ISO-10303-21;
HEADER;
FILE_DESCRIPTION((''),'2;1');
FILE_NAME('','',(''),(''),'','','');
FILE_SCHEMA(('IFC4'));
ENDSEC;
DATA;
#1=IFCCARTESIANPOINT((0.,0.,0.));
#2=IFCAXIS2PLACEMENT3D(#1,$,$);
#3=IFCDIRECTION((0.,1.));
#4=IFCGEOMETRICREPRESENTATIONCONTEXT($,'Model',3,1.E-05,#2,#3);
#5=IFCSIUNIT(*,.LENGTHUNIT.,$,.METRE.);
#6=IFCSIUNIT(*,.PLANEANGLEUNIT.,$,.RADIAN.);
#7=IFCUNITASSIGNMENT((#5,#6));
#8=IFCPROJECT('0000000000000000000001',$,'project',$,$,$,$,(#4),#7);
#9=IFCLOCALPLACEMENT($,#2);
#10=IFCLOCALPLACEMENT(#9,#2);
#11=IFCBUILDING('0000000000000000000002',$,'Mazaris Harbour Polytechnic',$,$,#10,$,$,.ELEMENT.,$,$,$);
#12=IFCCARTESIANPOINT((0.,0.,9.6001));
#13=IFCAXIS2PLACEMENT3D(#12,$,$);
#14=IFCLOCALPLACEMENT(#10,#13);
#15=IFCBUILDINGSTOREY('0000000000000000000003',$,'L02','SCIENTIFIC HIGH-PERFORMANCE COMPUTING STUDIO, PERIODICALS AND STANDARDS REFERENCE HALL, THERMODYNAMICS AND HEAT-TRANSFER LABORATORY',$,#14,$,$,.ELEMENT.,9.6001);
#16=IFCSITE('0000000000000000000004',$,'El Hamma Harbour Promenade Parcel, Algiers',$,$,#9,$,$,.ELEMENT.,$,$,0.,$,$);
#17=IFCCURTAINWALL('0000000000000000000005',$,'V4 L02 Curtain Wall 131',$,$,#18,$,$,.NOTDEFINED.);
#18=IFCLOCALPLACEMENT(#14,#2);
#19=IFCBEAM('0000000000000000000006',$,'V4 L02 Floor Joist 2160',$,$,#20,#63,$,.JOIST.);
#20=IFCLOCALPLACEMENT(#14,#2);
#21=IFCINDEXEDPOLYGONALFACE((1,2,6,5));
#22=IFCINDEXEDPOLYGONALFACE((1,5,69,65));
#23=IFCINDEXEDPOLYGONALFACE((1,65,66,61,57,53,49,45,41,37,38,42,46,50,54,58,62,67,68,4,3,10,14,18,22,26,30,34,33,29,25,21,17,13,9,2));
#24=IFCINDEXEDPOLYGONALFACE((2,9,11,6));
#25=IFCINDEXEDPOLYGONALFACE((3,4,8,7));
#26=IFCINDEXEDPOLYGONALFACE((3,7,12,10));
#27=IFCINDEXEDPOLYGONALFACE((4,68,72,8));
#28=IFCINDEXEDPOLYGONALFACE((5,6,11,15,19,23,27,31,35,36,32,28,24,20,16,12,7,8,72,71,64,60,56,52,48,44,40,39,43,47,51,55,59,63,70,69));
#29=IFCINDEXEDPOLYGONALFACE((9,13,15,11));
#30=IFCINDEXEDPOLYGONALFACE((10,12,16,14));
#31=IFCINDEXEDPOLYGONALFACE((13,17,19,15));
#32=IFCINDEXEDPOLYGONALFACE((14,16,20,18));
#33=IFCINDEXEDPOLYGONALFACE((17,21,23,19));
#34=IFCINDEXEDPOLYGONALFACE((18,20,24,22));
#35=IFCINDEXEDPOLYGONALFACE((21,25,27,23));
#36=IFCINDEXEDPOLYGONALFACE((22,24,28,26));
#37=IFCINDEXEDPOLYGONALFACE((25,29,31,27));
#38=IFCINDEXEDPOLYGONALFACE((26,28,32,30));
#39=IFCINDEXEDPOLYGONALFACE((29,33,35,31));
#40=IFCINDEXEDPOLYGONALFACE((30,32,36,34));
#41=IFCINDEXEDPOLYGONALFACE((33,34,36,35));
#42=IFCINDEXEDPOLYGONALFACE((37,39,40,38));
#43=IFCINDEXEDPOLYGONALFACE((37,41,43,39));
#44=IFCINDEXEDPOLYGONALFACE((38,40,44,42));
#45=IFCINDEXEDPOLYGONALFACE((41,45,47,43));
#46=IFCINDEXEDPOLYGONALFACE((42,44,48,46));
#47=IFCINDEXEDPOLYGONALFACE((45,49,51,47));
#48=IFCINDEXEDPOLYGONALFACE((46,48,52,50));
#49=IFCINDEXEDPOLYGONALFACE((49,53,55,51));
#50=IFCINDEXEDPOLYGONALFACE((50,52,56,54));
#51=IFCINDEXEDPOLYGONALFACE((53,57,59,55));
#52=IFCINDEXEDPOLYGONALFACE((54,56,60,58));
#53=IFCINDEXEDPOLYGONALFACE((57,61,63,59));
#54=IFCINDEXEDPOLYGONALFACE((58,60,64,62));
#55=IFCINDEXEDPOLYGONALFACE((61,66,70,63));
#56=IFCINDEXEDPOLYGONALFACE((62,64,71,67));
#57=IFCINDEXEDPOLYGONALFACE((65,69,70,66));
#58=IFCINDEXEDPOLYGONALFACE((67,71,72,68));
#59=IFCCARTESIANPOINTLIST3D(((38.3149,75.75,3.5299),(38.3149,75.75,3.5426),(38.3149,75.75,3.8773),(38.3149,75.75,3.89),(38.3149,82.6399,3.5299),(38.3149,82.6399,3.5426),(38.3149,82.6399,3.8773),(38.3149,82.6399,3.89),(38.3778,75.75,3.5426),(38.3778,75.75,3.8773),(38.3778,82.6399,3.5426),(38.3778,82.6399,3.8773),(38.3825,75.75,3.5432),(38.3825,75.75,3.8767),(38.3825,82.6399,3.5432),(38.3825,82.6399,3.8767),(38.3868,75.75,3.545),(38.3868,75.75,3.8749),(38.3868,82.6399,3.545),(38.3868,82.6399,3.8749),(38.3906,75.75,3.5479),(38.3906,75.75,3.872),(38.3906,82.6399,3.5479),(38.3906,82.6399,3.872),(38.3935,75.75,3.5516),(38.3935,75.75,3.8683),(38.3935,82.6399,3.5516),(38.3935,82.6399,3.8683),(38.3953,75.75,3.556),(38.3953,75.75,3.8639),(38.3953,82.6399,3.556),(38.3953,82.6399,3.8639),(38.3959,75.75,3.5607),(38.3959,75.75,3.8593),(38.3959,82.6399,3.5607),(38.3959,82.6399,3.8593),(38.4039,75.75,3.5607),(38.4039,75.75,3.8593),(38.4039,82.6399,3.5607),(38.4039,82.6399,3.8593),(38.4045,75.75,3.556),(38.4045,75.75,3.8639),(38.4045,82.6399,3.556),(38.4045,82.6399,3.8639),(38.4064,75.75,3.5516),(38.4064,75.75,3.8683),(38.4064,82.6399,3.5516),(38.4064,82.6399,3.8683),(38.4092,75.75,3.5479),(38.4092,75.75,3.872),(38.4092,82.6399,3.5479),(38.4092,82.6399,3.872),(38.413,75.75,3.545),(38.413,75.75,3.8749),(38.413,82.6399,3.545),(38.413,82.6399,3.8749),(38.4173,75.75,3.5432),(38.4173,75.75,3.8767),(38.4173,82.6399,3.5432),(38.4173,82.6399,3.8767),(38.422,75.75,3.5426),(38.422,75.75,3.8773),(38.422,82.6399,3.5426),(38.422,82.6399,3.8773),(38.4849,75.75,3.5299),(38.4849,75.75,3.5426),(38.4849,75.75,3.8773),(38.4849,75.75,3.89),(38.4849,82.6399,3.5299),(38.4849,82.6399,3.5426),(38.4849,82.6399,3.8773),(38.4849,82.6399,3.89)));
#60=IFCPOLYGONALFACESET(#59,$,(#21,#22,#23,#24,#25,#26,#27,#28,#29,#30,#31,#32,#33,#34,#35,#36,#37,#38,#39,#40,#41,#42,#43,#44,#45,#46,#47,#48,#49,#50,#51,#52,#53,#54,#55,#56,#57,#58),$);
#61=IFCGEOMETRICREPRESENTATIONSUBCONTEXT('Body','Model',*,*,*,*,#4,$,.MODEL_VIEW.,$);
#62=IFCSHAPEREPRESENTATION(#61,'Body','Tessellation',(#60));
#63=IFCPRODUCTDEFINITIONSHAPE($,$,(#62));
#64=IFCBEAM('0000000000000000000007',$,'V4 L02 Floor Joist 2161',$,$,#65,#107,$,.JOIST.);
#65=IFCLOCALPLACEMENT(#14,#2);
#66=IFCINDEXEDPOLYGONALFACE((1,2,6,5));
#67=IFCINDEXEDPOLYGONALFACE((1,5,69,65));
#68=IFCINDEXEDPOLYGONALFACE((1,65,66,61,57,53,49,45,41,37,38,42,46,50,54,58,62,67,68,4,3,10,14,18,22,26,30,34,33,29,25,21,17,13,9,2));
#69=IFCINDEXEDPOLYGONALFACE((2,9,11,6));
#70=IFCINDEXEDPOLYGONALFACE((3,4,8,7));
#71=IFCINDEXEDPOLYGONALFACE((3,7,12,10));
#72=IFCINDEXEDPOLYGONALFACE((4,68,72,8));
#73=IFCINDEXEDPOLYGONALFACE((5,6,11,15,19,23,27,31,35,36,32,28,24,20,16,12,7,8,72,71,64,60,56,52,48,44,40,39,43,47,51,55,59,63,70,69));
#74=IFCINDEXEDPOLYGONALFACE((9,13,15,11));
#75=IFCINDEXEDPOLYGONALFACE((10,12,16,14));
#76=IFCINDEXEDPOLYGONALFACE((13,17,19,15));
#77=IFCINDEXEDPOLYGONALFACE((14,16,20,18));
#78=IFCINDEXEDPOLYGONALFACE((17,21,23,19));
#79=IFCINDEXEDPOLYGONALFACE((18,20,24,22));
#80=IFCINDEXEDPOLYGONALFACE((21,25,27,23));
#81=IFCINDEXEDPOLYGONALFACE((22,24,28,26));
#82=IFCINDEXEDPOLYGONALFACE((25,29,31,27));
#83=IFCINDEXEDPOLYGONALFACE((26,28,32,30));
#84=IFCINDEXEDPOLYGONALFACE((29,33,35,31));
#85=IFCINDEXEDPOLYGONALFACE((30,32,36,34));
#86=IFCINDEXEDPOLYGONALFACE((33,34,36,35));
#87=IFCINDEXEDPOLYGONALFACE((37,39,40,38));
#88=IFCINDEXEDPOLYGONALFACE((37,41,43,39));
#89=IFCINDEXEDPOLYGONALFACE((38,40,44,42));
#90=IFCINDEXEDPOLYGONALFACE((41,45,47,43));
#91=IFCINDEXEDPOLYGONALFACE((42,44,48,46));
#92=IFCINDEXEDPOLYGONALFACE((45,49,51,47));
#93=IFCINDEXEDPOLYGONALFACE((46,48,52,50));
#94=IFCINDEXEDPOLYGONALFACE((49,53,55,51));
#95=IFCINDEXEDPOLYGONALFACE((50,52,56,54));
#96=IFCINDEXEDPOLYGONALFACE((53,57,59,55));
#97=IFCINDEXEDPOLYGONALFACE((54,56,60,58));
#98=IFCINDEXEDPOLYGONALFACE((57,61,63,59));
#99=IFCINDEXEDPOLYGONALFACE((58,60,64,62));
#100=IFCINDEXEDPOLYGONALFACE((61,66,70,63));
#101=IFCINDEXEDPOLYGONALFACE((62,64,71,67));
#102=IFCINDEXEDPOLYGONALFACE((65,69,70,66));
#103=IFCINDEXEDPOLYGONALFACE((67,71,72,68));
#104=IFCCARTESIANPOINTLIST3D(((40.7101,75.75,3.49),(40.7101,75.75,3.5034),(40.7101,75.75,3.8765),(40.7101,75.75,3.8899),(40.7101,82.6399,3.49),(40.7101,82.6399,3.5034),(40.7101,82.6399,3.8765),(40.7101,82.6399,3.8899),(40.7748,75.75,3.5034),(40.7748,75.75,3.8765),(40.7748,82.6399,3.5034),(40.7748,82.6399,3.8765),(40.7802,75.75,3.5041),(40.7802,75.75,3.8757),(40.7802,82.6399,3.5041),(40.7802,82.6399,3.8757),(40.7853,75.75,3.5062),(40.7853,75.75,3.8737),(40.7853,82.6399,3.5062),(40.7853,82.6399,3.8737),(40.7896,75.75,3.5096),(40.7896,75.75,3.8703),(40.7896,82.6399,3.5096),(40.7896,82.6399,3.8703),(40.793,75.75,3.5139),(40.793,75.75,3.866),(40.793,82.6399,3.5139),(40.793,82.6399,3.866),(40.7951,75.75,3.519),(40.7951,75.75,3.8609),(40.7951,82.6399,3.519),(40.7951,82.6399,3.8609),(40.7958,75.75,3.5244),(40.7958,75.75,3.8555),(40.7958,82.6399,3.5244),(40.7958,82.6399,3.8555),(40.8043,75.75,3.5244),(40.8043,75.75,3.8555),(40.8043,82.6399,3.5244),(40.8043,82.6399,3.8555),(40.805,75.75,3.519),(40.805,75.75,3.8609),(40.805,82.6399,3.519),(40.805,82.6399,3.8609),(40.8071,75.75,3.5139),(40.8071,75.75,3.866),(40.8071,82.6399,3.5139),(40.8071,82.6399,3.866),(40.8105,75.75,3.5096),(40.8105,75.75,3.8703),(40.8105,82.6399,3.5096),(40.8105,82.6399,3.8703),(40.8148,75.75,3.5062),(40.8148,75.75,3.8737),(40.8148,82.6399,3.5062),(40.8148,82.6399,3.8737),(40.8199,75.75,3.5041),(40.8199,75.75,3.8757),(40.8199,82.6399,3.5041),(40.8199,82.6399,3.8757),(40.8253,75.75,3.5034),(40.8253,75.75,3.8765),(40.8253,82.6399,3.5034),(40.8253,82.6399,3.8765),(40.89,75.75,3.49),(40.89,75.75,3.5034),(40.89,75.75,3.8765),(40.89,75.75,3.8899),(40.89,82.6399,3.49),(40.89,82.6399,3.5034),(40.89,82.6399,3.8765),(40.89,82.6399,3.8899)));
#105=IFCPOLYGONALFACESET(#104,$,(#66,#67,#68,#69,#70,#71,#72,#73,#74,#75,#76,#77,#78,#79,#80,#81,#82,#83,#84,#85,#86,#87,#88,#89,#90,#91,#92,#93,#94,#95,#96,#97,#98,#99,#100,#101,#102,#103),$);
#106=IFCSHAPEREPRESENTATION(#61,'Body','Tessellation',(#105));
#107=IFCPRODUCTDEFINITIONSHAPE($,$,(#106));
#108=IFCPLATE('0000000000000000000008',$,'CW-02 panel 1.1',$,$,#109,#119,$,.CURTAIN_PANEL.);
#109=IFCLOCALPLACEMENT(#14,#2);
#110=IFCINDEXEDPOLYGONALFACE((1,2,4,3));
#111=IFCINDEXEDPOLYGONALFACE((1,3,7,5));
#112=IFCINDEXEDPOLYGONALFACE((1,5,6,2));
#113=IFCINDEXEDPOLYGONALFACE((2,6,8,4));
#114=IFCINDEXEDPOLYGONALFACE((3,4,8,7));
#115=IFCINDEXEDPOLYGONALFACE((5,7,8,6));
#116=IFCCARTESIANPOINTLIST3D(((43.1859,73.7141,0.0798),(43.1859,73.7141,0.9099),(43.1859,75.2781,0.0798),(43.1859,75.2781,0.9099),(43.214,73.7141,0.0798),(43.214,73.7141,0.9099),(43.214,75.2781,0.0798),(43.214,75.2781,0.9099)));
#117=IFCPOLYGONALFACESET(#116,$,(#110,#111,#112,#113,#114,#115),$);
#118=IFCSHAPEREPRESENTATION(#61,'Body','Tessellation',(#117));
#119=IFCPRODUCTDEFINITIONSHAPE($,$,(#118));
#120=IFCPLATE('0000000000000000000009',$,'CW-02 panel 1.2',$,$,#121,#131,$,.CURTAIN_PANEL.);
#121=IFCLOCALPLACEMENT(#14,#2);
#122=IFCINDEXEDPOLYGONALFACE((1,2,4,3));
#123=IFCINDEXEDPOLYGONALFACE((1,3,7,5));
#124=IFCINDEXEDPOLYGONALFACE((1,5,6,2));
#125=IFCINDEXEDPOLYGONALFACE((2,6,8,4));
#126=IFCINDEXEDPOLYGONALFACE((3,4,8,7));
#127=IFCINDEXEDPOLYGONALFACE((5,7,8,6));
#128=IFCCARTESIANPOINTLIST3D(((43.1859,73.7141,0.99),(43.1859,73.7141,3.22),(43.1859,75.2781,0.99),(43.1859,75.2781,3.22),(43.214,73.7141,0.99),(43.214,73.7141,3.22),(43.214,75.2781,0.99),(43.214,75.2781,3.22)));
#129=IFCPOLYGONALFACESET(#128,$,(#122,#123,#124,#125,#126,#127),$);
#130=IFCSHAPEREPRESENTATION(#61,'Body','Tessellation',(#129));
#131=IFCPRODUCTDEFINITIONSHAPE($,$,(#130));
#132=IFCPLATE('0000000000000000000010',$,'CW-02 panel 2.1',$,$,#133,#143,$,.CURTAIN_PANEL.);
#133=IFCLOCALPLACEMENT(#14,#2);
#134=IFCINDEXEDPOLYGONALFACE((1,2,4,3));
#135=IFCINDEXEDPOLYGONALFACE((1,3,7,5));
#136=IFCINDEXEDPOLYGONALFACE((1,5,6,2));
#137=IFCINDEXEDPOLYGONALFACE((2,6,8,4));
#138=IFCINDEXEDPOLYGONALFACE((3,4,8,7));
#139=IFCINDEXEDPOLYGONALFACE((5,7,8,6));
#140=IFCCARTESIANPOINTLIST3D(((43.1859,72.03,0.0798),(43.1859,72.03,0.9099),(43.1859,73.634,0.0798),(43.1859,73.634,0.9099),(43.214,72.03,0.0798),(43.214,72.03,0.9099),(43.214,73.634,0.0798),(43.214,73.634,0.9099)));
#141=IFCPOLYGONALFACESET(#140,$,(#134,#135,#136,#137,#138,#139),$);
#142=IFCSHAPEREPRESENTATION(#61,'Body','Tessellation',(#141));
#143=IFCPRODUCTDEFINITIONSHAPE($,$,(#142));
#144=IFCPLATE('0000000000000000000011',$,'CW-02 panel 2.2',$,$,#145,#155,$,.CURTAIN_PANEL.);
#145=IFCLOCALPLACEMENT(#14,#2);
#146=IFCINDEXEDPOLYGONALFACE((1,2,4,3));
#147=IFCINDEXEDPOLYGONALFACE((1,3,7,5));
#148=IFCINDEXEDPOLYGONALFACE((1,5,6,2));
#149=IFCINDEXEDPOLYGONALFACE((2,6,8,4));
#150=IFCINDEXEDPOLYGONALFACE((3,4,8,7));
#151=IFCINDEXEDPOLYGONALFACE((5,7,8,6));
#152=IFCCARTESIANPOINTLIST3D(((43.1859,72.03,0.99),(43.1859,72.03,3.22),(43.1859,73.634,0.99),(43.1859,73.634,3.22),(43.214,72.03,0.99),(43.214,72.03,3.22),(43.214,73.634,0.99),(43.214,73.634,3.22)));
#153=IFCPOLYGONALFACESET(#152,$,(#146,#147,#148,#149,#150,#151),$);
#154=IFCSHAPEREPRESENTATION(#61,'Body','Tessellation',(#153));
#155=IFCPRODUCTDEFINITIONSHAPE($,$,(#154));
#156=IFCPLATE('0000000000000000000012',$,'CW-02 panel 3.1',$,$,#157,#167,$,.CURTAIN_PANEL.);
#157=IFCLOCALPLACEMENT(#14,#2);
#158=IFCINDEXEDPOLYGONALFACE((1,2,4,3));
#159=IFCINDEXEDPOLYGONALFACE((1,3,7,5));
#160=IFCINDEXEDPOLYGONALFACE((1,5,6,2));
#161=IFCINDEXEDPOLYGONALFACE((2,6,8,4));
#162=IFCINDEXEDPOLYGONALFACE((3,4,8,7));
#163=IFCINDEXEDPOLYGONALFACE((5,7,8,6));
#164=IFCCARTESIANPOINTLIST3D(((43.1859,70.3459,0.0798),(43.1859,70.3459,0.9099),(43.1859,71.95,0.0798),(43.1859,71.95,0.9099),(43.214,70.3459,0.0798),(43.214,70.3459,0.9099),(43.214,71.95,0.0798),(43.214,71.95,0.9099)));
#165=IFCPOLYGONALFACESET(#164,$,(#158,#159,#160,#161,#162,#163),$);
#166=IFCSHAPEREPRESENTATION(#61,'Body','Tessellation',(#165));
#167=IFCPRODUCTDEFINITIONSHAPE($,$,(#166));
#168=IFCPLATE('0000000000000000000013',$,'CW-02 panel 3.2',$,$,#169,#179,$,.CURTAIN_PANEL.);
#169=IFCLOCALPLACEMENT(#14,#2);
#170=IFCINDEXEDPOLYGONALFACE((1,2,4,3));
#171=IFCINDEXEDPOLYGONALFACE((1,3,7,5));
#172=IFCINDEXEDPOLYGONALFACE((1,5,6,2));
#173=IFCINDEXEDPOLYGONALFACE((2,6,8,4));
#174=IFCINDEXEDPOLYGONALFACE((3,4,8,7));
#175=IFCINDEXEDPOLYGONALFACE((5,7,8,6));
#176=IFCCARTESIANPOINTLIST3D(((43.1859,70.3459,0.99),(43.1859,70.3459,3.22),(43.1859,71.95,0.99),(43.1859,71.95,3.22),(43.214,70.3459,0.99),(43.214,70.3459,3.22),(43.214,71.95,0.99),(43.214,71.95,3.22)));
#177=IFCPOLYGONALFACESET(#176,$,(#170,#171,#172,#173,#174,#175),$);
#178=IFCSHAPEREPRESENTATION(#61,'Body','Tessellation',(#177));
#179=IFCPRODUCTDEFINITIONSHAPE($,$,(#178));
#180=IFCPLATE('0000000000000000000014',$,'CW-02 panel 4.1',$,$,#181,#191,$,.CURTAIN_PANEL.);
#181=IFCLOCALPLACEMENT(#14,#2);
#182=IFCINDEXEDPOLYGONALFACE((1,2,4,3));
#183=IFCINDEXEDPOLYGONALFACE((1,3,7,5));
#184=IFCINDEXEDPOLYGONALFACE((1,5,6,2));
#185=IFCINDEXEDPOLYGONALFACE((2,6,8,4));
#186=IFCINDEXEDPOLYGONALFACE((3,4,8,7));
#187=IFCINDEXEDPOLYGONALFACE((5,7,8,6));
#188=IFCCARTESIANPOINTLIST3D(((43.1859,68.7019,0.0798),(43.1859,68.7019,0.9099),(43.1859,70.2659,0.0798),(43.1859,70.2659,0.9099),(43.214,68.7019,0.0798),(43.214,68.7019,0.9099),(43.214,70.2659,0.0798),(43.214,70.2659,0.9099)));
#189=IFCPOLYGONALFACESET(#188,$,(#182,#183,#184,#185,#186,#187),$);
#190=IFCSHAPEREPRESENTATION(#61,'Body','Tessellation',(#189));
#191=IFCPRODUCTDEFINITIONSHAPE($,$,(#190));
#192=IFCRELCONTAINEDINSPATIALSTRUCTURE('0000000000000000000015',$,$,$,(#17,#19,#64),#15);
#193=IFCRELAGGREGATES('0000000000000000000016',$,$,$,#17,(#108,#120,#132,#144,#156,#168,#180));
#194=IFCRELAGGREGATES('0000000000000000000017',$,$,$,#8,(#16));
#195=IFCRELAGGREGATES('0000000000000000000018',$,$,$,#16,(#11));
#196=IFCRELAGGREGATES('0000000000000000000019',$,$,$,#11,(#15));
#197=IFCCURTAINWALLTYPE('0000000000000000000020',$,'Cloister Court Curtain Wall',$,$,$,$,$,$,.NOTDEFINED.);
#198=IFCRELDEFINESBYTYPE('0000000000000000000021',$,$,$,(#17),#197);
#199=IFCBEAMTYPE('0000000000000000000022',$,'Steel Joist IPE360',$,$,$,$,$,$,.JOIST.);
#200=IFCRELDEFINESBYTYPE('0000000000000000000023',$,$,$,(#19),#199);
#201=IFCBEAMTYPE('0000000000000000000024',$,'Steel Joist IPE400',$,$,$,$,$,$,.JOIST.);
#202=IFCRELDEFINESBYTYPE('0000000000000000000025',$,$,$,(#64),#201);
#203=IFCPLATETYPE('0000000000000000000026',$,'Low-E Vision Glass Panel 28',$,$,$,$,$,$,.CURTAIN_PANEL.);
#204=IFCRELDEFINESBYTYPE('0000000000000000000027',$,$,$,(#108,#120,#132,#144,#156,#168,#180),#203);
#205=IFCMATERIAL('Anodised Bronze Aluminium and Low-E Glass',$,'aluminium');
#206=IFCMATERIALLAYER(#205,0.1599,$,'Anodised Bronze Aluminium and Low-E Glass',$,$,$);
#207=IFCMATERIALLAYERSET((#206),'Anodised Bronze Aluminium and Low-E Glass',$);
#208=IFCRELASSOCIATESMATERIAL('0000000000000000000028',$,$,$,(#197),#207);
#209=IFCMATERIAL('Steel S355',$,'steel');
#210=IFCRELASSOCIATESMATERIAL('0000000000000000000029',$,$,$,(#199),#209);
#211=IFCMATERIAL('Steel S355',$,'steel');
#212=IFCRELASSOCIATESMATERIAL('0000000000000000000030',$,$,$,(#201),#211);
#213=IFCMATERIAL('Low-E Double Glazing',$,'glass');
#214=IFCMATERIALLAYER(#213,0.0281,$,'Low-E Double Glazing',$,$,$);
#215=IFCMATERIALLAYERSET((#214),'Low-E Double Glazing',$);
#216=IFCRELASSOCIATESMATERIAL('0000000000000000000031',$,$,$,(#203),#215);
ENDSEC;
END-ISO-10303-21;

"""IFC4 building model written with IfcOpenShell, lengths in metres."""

from ifc_helpers import new_model, si_unit, direction, frame, origin, origin_2d, place, context, subcontext, project, spatial, rectangle, i_section, extrude, material, layer, layer_set, material_profile, profile_set, type_object, element, aggregate, save


model = new_model("IFC4")

# Units and contexts
model_context = context("Model", 3, precision=1e-05, world=origin(), true_north=direction((0.0, 1.0)))
body_context = subcontext(model_context, "Body", "Model", "MODEL_VIEW")
ifc_project = project(units=[si_unit("LENGTHUNIT", "METRE"), si_unit("PLANEANGLEUNIT", "RADIAN")], contexts=[model_context])

# Site, building, storey
site_placement = place(None, origin())
site = spatial("IfcSite", under=ifc_project, at=site_placement, Name="El Hamma Harbour Promenade Parcel, Algiers", CompositionType="ELEMENT", RefElevation=0.0)
building_placement = place(site_placement, origin())
building = spatial("IfcBuilding", under=site, at=building_placement, Name="Mazaris Harbour Polytechnic", CompositionType="ELEMENT")
storey_placement = place(building_placement, frame((0.0, 0.0, 9.6001)))
storey = spatial("IfcBuildingStorey", under=building, at=storey_placement, Name="L02", Description="SCIENTIFIC HIGH-PERFORMANCE COMPUTING STUDIO, PERIODICALS AND STANDARDS REFERENCE HALL, THERMODYNAMICS AND HEAT-TRANSFER LABORATORY", CompositionType="ELEMENT", Elevation=9.6001)

# Curtain wall
ifc_material_1 = material(Name="Anodised Bronze Aluminium and Low-E Glass", Category="aluminium")
ifc_layer_1 = layer(ifc_material_1, 0.1599, Name="Anodised Bronze Aluminium and Low-E Glass")
ifc_layer_set_1 = layer_set([ifc_layer_1], Name="Anodised Bronze Aluminium and Low-E Glass")
curtain_wall_type = type_object("IfcCurtainWallType", Name="Cloister Court Curtain Wall", PredefinedType="NOTDEFINED", material=ifc_layer_set_1)
curtain_wall_placement = place(storey_placement, origin())
curtain_wall = element("IfcCurtainWall", 1, at=curtain_wall_placement, inside=storey, type_object=curtain_wall_type, Name="V4 L02 Curtain Wall 131", PredefinedType="NOTDEFINED")

# Beams
ifc_material_2 = material(Name="Steel S355", Category="steel")
ifc_material_profile_1 = material_profile(ifc_material_2, i_section(OverallWidth=0.1699, OverallDepth=0.3601, WebThickness=0.0081, FlangeThickness=0.0127, FilletRadius=0.0181, at=origin_2d()), Name="IPE 360")
ifc_profile_set_1 = profile_set([ifc_material_profile_1], Name="Steel S355")
beam_type_1 = type_object("IfcBeamType", Name="Steel Joist IPE360", PredefinedType="JOIST", material=ifc_profile_set_1)
beam_1_placement = place(storey_placement, frame((38.3999, 75.75, 3.71), z_axis=(0.0, 1.0, 0.0), x_axis=(-1.0, 0.0, 0.0)))
element("IfcBeam", 2, at=beam_1_placement, inside=storey, type_object=beam_type_1, Name="V4 L02 Floor Joist 2160", PredefinedType="JOIST", context=body_context, shape_type="SweptSolid", body=[
    extrude(i_section(OverallWidth=0.1699, OverallDepth=0.3601, WebThickness=0.0081, FlangeThickness=0.0127, FilletRadius=0.0181, at=origin_2d()), origin(), (0.0, 0.0, 1.0), 6.8899),
])
ifc_material_3 = material(Name="Steel S355", Category="steel")
ifc_material_profile_2 = material_profile(ifc_material_3, i_section(OverallWidth=0.1799, OverallDepth=0.3999, WebThickness=0.0085, FlangeThickness=0.0134, FilletRadius=0.021, at=origin_2d()), Name="IPE 400")
ifc_profile_set_2 = profile_set([ifc_material_profile_2], Name="Steel S355")
beam_type_2 = type_object("IfcBeamType", Name="Steel Joist IPE400", PredefinedType="JOIST", material=ifc_profile_set_2)
beam_2_placement = place(storey_placement, frame((40.8, 75.75, 3.6899), z_axis=(0.0, 1.0, 0.0), x_axis=(-1.0, 0.0, 0.0)))
element("IfcBeam", 3, at=beam_2_placement, inside=storey, type_object=beam_type_2, Name="V4 L02 Floor Joist 2161", PredefinedType="JOIST", context=body_context, shape_type="SweptSolid", body=[
    extrude(i_section(OverallWidth=0.1799, OverallDepth=0.3999, WebThickness=0.0085, FlangeThickness=0.0134, FilletRadius=0.021, at=origin_2d()), origin(), (0.0, 0.0, 1.0), 6.8899),
])

# Plates
ifc_material_4 = material(Name="Low-E Double Glazing", Category="glass")
ifc_layer_2 = layer(ifc_material_4, 0.0281, Name="Low-E Double Glazing")
ifc_layer_set_2 = layer_set([ifc_layer_2], Name="Low-E Double Glazing")
plate_type = type_object("IfcPlateType", Name="Low-E Vision Glass Panel 28", PredefinedType="CURTAIN_PANEL", material=ifc_layer_set_2)
plate_1_placement = place(storey_placement, frame((43.2, 74.4961, 0.0798), z_axis=(0.0, 0.0, 1.0), x_axis=(0.0, -1.0, 0.0)))
plate_1 = element("IfcPlate", 4, at=plate_1_placement, type_object=plate_type, Name="CW-02 panel 1.1", PredefinedType="CURTAIN_PANEL", context=body_context, shape_type="SweptSolid", body=[
    extrude(rectangle(XDim=1.564, YDim=0.0281, at=origin_2d()), origin(), (0.0, 0.0, 1.0), 0.8301),
])
plate_2_placement = place(storey_placement, frame((43.2, 74.4961, 0.99), z_axis=(0.0, 0.0, 1.0), x_axis=(0.0, -1.0, 0.0)))
plate_2 = element("IfcPlate", 5, at=plate_2_placement, type_object=plate_type, Name="CW-02 panel 1.2", PredefinedType="CURTAIN_PANEL", context=body_context, shape_type="SweptSolid", body=[
    extrude(rectangle(XDim=1.564, YDim=0.0281, at=origin_2d()), origin(), (0.0, 0.0, 1.0), 2.23),
])
plate_3_placement = place(storey_placement, frame((43.2, 72.832, 0.0798), z_axis=(0.0, 0.0, 1.0), x_axis=(0.0, -1.0, 0.0)))
plate_3 = element("IfcPlate", 6, at=plate_3_placement, type_object=plate_type, Name="CW-02 panel 2.1", PredefinedType="CURTAIN_PANEL", context=body_context, shape_type="SweptSolid", body=[
    extrude(rectangle(XDim=1.604, YDim=0.0281, at=origin_2d()), origin(), (0.0, 0.0, 1.0), 0.8301),
])
plate_4_placement = place(storey_placement, frame((43.2, 72.832, 0.99), z_axis=(0.0, 0.0, 1.0), x_axis=(0.0, -1.0, 0.0)))
plate_4 = element("IfcPlate", 7, at=plate_4_placement, type_object=plate_type, Name="CW-02 panel 2.2", PredefinedType="CURTAIN_PANEL", context=body_context, shape_type="SweptSolid", body=[
    extrude(rectangle(XDim=1.604, YDim=0.0281, at=origin_2d()), origin(), (0.0, 0.0, 1.0), 2.23),
])
plate_5_placement = place(storey_placement, frame((43.2, 71.1479, 0.0798), z_axis=(0.0, 0.0, 1.0), x_axis=(0.0, -1.0, 0.0)))
plate_5 = element("IfcPlate", 8, at=plate_5_placement, type_object=plate_type, Name="CW-02 panel 3.1", PredefinedType="CURTAIN_PANEL", context=body_context, shape_type="SweptSolid", body=[
    extrude(rectangle(XDim=1.604, YDim=0.0281, at=origin_2d()), origin(), (0.0, 0.0, 1.0), 0.8301),
])
plate_6_placement = place(storey_placement, frame((43.2, 71.1479, 0.99), z_axis=(0.0, 0.0, 1.0), x_axis=(0.0, -1.0, 0.0)))
plate_6 = element("IfcPlate", 9, at=plate_6_placement, type_object=plate_type, Name="CW-02 panel 3.2", PredefinedType="CURTAIN_PANEL", context=body_context, shape_type="SweptSolid", body=[
    extrude(rectangle(XDim=1.604, YDim=0.0281, at=origin_2d()), origin(), (0.0, 0.0, 1.0), 2.23),
])
plate_7_placement = place(storey_placement, frame((43.2, 69.4839, 0.0798), z_axis=(0.0, 0.0, 1.0), x_axis=(0.0, -1.0, 0.0)))
plate_7 = element("IfcPlate", 10, at=plate_7_placement, type_object=plate_type, Name="CW-02 panel 4.1", PredefinedType="CURTAIN_PANEL", context=body_context, shape_type="SweptSolid", body=[
    extrude(rectangle(XDim=1.564, YDim=0.0281, at=origin_2d()), origin(), (0.0, 0.0, 1.0), 0.8301),
])
aggregate(curtain_wall, [plate_1, plate_2, plate_3, plate_4, plate_5, plate_6, plate_7])

save(model, "model.ifc")
